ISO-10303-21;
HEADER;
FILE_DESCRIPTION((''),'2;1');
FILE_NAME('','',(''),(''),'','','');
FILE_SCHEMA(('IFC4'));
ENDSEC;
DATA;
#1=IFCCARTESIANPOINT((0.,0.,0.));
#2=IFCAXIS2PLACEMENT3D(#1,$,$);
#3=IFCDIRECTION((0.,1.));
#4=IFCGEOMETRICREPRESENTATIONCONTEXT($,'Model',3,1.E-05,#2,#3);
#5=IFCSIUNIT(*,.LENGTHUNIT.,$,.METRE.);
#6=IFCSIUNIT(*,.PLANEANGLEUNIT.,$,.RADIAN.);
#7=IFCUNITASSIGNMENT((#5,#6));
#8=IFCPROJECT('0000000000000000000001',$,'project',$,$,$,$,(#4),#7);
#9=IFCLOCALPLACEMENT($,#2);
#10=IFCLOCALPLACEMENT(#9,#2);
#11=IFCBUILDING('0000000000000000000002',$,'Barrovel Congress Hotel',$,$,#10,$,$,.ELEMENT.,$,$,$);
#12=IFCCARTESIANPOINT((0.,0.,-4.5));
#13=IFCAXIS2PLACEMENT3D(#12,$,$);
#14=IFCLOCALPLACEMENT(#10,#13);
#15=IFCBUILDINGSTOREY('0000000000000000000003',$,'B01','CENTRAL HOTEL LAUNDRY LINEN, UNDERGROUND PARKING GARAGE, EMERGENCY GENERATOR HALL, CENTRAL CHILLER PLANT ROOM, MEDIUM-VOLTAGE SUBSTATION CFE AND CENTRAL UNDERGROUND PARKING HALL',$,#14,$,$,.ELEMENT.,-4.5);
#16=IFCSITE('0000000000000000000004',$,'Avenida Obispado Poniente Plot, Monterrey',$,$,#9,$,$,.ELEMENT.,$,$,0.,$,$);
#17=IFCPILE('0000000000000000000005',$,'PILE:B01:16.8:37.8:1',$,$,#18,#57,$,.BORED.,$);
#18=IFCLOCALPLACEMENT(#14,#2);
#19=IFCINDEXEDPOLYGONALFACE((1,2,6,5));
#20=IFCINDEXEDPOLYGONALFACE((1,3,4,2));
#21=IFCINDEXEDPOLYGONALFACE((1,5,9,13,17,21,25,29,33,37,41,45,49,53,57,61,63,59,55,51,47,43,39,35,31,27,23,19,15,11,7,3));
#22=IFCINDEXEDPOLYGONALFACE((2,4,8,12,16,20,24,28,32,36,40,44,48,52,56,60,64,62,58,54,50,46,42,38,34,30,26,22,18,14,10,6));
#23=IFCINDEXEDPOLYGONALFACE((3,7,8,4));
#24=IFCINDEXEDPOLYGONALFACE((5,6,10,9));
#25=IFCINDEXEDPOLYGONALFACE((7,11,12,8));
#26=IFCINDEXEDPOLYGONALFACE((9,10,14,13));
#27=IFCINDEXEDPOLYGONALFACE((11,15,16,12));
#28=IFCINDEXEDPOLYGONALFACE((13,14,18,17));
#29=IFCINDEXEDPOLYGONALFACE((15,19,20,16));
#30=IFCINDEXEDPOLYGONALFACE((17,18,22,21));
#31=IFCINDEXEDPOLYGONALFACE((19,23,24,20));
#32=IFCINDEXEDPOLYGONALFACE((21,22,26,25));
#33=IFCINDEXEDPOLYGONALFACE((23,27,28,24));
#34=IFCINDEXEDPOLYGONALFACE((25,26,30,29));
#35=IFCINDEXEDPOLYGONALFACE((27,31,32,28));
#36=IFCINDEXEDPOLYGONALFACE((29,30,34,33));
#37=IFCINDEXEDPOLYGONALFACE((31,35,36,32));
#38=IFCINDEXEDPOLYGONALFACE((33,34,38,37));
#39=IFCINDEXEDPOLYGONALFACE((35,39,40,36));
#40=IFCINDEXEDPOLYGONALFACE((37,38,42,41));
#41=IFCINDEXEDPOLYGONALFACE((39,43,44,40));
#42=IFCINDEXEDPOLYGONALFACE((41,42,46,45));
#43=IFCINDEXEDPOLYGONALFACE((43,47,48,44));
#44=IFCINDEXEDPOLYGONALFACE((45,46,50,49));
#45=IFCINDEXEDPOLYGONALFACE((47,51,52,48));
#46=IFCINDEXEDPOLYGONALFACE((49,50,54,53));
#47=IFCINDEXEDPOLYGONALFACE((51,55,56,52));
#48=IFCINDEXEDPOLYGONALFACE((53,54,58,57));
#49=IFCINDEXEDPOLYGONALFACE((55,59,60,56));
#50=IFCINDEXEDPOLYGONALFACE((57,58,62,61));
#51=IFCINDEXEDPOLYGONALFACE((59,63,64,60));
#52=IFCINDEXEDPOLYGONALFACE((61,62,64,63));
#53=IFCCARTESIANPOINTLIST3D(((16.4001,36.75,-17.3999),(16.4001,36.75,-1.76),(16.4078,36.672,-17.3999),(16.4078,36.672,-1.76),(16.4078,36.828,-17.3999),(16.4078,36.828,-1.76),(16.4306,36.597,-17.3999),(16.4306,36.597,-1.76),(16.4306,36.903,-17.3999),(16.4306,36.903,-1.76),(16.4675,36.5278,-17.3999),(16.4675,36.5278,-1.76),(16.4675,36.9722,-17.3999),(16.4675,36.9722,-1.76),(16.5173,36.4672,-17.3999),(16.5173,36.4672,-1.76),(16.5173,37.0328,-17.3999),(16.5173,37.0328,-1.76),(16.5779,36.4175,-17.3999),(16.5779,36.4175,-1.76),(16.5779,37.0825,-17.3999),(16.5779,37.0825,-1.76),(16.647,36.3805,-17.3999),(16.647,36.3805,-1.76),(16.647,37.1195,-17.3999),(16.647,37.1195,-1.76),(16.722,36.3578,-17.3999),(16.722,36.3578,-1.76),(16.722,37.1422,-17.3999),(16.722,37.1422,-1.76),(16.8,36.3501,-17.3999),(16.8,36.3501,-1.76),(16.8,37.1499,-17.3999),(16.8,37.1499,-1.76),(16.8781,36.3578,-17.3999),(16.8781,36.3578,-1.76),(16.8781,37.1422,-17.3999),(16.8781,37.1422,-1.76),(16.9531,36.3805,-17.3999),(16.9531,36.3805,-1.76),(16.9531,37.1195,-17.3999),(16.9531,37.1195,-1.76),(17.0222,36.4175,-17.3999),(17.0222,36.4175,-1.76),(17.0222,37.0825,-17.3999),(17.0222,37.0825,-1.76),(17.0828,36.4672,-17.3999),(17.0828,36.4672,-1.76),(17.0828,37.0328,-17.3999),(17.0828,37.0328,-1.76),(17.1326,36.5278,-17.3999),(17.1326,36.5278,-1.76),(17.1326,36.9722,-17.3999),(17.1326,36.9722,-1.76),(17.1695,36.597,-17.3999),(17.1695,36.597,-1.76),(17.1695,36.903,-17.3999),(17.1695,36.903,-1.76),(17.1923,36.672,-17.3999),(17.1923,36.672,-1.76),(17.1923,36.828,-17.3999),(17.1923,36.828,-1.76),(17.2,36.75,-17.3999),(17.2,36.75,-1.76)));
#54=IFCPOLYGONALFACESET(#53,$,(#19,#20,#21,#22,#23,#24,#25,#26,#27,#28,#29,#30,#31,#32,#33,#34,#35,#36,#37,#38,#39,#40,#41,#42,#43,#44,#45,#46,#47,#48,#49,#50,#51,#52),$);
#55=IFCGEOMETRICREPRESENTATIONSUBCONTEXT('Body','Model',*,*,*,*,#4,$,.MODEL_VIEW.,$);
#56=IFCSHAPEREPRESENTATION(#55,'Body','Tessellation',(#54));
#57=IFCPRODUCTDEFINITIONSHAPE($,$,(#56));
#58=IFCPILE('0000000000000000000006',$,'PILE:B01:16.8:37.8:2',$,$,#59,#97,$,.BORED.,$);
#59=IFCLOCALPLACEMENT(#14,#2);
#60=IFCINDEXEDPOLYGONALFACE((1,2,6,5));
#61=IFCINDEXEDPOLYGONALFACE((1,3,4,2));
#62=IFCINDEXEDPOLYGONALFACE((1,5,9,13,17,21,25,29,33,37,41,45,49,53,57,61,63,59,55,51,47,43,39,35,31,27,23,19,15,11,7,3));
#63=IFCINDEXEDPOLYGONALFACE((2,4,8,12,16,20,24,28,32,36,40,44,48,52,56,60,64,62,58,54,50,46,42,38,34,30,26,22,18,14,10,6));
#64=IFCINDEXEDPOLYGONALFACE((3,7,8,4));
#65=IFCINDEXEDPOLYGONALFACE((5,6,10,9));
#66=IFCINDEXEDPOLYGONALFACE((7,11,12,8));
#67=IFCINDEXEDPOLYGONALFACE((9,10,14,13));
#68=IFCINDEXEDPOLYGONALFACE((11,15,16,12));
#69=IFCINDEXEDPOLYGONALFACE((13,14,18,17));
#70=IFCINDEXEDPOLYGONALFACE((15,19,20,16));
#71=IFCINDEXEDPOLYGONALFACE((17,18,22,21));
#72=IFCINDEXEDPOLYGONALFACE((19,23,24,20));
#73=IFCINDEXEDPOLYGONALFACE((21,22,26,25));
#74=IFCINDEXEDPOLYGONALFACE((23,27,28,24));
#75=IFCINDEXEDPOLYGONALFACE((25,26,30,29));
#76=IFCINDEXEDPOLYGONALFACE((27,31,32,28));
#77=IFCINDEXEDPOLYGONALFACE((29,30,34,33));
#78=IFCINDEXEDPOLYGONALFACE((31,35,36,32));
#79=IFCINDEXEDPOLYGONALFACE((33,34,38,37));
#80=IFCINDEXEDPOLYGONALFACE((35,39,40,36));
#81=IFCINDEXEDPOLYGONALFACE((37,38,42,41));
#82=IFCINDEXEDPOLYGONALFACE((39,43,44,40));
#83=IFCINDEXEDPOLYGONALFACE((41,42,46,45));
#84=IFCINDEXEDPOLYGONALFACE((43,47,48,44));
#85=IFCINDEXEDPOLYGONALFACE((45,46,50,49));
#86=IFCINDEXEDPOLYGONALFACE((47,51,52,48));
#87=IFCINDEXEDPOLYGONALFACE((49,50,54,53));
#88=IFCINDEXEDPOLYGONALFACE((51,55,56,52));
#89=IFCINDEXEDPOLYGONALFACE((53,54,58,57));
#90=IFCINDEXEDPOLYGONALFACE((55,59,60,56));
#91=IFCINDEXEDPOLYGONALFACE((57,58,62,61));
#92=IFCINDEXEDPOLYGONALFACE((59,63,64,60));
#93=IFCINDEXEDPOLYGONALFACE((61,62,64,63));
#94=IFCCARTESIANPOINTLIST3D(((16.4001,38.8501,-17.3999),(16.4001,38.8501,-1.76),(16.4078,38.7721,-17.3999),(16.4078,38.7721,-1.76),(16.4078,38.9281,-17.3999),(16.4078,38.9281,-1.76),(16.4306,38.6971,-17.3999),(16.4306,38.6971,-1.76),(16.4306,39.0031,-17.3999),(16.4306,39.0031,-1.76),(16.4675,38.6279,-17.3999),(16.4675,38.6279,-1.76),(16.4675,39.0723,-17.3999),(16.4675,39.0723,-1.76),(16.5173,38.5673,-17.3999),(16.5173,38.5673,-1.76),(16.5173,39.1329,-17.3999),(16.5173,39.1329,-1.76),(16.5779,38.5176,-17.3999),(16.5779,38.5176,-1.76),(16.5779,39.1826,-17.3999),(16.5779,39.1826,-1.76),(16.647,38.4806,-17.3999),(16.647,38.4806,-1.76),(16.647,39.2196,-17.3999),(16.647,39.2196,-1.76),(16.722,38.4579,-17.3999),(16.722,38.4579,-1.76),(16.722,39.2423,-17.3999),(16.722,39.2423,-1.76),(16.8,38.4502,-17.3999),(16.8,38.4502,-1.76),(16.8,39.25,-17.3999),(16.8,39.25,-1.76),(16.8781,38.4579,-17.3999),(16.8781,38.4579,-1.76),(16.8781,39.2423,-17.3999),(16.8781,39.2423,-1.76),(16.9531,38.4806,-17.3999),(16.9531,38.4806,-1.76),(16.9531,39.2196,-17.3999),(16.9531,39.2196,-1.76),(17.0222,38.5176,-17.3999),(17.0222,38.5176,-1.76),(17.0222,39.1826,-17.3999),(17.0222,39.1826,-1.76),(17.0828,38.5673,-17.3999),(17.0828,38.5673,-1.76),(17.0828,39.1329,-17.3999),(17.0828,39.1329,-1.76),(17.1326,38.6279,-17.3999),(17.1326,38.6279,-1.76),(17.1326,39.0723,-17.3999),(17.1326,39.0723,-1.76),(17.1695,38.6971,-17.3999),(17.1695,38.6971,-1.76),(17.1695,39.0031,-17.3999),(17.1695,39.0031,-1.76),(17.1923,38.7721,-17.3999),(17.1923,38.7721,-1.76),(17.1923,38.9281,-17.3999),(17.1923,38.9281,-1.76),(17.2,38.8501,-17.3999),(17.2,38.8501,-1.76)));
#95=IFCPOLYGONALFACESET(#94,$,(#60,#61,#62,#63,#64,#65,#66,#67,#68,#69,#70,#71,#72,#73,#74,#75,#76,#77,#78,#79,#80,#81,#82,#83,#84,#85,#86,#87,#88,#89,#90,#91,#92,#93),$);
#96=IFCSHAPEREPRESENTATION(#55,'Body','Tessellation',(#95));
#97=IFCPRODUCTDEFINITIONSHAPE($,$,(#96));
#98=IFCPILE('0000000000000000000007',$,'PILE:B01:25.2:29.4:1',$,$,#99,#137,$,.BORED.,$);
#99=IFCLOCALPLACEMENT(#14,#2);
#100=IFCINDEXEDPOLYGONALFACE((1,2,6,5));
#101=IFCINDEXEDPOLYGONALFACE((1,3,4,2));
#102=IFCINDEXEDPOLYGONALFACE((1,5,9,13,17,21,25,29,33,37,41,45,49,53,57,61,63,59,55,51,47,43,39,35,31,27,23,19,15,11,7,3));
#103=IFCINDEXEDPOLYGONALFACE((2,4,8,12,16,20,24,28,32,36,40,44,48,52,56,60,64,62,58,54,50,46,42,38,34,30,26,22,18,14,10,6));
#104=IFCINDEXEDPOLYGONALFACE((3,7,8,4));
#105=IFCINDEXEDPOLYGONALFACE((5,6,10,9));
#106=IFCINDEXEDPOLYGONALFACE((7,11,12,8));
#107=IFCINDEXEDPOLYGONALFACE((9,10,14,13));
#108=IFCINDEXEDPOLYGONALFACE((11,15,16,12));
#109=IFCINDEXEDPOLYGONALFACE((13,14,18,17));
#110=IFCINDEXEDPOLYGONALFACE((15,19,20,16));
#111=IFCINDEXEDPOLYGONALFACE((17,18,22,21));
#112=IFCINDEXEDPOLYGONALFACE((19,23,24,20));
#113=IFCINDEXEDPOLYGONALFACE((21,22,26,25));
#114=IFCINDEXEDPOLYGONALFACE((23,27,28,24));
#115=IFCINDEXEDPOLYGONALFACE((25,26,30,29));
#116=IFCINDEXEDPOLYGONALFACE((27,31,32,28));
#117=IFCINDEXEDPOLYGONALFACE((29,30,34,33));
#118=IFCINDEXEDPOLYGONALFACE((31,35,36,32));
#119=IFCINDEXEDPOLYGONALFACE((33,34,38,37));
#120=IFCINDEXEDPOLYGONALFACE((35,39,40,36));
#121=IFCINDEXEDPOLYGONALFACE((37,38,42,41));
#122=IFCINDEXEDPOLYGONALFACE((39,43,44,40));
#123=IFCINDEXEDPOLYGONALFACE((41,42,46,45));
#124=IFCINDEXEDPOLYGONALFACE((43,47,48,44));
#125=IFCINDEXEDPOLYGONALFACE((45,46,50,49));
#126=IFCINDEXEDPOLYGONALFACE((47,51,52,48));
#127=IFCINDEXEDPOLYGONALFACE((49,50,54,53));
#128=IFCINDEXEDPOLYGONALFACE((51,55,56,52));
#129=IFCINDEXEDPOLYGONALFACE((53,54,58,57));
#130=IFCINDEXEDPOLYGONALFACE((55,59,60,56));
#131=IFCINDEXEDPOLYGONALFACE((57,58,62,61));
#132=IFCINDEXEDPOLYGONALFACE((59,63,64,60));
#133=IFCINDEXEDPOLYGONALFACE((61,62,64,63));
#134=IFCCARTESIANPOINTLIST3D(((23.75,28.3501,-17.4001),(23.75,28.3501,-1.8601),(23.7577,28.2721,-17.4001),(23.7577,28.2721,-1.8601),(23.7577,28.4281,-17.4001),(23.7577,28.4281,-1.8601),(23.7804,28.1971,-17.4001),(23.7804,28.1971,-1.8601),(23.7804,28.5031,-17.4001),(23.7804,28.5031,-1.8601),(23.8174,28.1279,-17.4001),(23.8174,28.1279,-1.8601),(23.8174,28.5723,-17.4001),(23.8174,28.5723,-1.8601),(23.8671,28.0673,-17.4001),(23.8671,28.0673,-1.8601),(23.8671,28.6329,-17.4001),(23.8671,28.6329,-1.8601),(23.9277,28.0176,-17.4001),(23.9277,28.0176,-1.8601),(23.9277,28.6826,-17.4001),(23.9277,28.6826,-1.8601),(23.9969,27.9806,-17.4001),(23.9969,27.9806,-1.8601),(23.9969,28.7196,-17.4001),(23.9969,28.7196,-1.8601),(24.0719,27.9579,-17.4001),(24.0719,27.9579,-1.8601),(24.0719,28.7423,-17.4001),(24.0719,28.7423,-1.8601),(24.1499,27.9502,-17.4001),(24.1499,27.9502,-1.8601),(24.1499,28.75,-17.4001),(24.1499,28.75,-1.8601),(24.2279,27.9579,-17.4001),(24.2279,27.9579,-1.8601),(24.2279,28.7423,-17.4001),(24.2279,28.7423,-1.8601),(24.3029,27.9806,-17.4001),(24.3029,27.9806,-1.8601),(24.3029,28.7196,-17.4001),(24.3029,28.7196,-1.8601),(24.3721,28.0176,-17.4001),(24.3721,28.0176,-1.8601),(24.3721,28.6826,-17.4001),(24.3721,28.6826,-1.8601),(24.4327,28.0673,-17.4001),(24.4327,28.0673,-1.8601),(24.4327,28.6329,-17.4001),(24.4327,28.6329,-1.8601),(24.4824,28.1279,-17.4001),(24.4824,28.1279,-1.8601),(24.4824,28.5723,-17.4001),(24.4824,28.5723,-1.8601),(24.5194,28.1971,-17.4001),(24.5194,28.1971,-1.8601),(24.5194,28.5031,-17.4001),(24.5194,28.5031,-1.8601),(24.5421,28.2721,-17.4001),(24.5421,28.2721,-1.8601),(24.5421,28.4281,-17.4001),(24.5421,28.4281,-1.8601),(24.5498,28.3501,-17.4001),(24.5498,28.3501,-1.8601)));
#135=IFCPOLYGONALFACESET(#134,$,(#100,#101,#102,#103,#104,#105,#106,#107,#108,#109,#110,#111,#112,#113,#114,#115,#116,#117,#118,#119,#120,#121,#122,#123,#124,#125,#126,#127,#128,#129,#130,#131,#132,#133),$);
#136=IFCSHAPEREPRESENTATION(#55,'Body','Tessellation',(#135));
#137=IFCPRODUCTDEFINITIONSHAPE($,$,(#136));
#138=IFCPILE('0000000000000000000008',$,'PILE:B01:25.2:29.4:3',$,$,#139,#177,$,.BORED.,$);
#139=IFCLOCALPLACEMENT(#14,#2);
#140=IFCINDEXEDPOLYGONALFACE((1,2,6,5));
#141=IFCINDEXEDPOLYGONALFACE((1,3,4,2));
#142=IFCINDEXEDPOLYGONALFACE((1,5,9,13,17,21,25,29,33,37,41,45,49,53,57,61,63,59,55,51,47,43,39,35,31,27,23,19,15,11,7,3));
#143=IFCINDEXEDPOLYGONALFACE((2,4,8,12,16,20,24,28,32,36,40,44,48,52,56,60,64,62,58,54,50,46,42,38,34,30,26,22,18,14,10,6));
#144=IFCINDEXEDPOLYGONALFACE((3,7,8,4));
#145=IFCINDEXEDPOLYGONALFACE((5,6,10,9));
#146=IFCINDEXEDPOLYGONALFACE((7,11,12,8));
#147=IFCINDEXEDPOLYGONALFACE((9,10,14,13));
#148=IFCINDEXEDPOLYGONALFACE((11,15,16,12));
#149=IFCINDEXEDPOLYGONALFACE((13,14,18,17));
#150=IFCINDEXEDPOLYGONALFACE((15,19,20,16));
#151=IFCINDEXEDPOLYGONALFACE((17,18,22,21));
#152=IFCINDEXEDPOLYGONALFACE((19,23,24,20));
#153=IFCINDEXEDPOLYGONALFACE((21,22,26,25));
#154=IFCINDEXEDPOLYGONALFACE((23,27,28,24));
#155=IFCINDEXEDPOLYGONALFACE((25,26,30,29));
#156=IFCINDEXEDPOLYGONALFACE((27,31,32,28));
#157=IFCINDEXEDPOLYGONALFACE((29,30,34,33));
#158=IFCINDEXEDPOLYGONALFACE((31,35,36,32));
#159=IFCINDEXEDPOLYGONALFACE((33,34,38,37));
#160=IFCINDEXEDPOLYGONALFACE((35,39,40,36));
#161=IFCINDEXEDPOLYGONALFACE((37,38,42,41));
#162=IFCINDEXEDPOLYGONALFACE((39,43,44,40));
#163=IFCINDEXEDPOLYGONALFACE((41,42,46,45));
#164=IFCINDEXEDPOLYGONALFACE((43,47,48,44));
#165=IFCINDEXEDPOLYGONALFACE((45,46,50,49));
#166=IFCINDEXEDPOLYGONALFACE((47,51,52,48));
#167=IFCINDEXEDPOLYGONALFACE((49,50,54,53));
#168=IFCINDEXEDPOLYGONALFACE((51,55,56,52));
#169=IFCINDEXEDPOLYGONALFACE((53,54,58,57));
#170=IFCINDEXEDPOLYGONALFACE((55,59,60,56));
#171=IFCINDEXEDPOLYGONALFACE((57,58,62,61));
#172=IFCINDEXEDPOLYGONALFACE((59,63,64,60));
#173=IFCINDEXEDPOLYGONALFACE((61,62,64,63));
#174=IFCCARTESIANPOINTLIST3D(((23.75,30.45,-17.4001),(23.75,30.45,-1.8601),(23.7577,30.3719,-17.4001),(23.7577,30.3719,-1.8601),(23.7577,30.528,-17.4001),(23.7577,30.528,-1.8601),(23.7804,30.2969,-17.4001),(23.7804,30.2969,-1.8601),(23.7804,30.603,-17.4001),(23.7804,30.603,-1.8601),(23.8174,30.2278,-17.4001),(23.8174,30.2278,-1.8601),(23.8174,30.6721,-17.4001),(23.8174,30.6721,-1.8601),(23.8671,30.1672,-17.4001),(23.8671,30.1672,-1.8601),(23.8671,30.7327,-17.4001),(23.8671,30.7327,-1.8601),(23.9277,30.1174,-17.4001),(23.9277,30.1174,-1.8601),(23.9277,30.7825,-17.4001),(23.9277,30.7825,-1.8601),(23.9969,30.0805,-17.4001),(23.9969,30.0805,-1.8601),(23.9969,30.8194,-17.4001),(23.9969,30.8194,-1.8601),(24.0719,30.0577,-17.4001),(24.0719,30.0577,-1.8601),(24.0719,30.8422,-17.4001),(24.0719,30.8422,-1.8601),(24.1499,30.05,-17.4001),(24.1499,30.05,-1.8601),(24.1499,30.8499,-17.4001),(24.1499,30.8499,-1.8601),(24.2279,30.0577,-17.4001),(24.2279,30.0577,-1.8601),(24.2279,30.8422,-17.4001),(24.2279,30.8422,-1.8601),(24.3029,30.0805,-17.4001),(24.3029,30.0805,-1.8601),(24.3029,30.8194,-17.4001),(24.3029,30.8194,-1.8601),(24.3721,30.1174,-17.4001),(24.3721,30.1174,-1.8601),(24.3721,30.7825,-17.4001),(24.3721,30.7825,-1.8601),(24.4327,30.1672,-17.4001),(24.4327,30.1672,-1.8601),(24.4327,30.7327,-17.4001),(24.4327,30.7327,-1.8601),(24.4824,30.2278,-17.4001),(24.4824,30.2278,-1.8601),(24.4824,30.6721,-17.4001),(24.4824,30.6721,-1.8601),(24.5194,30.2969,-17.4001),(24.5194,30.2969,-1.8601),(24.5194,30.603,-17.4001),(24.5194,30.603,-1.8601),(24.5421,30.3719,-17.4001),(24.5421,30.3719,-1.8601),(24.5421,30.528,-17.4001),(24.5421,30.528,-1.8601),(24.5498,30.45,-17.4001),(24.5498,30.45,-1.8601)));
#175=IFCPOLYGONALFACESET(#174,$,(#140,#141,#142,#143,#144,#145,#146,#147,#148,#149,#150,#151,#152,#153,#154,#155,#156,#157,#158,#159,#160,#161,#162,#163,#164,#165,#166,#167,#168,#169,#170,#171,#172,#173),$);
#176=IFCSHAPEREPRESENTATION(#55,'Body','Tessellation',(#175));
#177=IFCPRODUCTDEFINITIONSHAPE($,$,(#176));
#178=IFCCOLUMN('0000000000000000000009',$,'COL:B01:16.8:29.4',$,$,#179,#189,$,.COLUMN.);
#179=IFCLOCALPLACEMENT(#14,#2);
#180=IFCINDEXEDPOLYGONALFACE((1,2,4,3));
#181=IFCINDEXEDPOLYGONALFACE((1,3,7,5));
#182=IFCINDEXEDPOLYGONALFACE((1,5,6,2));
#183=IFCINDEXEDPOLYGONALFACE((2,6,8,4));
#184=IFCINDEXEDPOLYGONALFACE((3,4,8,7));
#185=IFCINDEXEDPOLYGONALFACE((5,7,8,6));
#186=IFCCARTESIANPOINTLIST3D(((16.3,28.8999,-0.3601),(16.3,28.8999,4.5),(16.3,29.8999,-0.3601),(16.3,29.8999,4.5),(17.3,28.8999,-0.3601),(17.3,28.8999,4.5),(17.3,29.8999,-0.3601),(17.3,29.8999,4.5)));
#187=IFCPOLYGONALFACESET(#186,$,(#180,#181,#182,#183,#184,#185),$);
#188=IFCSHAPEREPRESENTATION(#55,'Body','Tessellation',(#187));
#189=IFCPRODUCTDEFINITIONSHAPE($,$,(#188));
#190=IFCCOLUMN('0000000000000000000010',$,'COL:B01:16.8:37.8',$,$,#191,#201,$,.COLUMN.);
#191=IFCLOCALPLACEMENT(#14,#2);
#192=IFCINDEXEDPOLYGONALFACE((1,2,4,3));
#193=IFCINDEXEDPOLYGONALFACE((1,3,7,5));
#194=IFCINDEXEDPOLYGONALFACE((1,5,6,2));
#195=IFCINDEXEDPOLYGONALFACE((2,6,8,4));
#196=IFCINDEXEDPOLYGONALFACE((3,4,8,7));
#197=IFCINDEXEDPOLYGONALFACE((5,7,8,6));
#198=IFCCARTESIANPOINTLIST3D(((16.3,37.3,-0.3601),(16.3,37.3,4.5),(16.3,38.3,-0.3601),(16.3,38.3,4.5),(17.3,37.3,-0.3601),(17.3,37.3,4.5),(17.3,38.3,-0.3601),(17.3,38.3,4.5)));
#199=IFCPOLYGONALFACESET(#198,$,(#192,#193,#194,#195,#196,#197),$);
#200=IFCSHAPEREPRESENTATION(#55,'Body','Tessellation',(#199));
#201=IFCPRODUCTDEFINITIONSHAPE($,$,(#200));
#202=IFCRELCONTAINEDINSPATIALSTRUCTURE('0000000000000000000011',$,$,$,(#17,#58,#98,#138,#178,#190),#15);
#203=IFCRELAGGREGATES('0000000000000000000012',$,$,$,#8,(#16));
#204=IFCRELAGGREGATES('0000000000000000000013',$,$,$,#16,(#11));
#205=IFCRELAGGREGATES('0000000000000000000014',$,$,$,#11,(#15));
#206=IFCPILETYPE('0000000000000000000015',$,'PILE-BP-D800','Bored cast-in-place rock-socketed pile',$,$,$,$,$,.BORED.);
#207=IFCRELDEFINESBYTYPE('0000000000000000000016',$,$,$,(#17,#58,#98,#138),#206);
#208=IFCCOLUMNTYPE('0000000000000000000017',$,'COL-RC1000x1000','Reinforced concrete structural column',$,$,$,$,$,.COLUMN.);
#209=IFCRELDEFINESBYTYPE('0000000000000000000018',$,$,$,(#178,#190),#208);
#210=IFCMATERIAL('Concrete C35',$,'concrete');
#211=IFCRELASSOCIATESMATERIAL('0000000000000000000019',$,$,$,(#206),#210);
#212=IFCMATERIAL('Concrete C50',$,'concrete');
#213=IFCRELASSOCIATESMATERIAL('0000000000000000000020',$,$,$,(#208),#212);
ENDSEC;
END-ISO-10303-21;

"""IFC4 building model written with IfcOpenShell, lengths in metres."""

from ifc_helpers import new_model, si_unit, direction, frame, origin, origin_2d, place, context, subcontext, project, spatial, rectangle, circle, extrude, material, material_profile, profile_set, type_object, element, save


model = new_model("IFC4")

# Units and contexts
model_context = context("Model", 3, precision=1e-05, world=origin(), true_north=direction((0.0, 1.0)))
body_context = subcontext(model_context, "Body", "Model", "MODEL_VIEW")
ifc_project = project(units=[si_unit("LENGTHUNIT", "METRE"), si_unit("PLANEANGLEUNIT", "RADIAN")], contexts=[model_context])

# Site, building, storey
site_placement = place(None, origin())
site = spatial("IfcSite", under=ifc_project, at=site_placement, Name="Avenida Obispado Poniente Plot, Monterrey", CompositionType="ELEMENT", RefElevation=0.0)
building_placement = place(site_placement, origin())
building = spatial("IfcBuilding", under=site, at=building_placement, Name="Barrovel Congress Hotel", CompositionType="ELEMENT")
storey_placement = place(building_placement, frame((0.0, 0.0, -4.5)))
storey = spatial("IfcBuildingStorey", under=building, at=storey_placement, Name="B01", Description="CENTRAL HOTEL LAUNDRY LINEN, UNDERGROUND PARKING GARAGE, EMERGENCY GENERATOR HALL, CENTRAL CHILLER PLANT ROOM, MEDIUM-VOLTAGE SUBSTATION CFE AND CENTRAL UNDERGROUND PARKING HALL", CompositionType="ELEMENT", Elevation=-4.5)

# Piles
ifc_material_1 = material(Name="Concrete C35", Category="concrete")
ifc_material_profile_1 = material_profile(ifc_material_1, circle(Radius=0.3999, at=origin_2d()), Name="BP-D800")
ifc_profile_set_1 = profile_set([ifc_material_profile_1], Name="Concrete C35")
pile_type = type_object("IfcPileType", Name="PILE-BP-D800", Description="Bored cast-in-place rock-socketed pile", PredefinedType="BORED", material=ifc_profile_set_1)
for number, where, z_axis, x_axis, name in (
    (1, (16.8, 36.75, -1.76), (0.0, 0.0, -1.0), (1.0, 0.0, 0.0), "PILE:B01:16.8:37.8:1"),
    (2, (16.8, 38.8501, -1.76), (0.0, 0.0, -1.0), (1.0, 0.0, 0.0), "PILE:B01:16.8:37.8:2"),
):
    element("IfcPile", number, at=place(storey_placement, frame(where, z_axis=z_axis, x_axis=x_axis)), inside=storey, type_object=pile_type, Name=name, PredefinedType="BORED", context=body_context, shape_type="SweptSolid", body=[
        extrude(circle(Radius=0.3999, at=origin_2d()), origin(), (0.0, 0.0, 1.0), 15.6399),
    ])
for number, where, z_axis, x_axis, name in (
    (3, (24.1499, 28.3501, -1.8601), (0.0, 0.0, -1.0), (1.0, 0.0, 0.0), "PILE:B01:25.2:29.4:1"),
    (4, (24.1499, 30.45, -1.8601), (0.0, 0.0, -1.0), (1.0, 0.0, 0.0), "PILE:B01:25.2:29.4:3"),
):
    element("IfcPile", number, at=place(storey_placement, frame(where, z_axis=z_axis, x_axis=x_axis)), inside=storey, type_object=pile_type, Name=name, PredefinedType="BORED", context=body_context, shape_type="SweptSolid", body=[
        extrude(circle(Radius=0.3999, at=origin_2d()), origin(), (0.0, 0.0, 1.0), 15.54),
    ])

# Columns
ifc_material_2 = material(Name="Concrete C50", Category="concrete")
ifc_material_profile_2 = material_profile(ifc_material_2, rectangle(XDim=1.0, YDim=1.0, at=origin_2d()), Name="RC1000x1000")
ifc_profile_set_2 = profile_set([ifc_material_profile_2], Name="Concrete C50")
column_type_1 = type_object("IfcColumnType", Name="COL-RC1000x1000", Description="Reinforced concrete structural column", PredefinedType="COLUMN", material=ifc_profile_set_2)
for number, where, z_axis, x_axis, name in (
    (5, (16.8, 29.3999, -0.3601), (0.0, 0.0, 1.0), (1.0, 0.0, 0.0), "COL:B01:16.8:29.4"),
    (6, (16.8, 37.8, -0.3601), (0.0, 0.0, 1.0), (1.0, 0.0, 0.0), "COL:B01:16.8:37.8"),
):
    element("IfcColumn", number, at=place(storey_placement, frame(where, z_axis=z_axis, x_axis=x_axis)), inside=storey, type_object=column_type_1, Name=name, PredefinedType="COLUMN", context=body_context, shape_type="SweptSolid", body=[
        extrude(rectangle(XDim=1.0, YDim=1.0, at=origin_2d()), origin(), (0.0, 0.0, 1.0), 4.8601),
    ])

save(model, "model.ifc")
